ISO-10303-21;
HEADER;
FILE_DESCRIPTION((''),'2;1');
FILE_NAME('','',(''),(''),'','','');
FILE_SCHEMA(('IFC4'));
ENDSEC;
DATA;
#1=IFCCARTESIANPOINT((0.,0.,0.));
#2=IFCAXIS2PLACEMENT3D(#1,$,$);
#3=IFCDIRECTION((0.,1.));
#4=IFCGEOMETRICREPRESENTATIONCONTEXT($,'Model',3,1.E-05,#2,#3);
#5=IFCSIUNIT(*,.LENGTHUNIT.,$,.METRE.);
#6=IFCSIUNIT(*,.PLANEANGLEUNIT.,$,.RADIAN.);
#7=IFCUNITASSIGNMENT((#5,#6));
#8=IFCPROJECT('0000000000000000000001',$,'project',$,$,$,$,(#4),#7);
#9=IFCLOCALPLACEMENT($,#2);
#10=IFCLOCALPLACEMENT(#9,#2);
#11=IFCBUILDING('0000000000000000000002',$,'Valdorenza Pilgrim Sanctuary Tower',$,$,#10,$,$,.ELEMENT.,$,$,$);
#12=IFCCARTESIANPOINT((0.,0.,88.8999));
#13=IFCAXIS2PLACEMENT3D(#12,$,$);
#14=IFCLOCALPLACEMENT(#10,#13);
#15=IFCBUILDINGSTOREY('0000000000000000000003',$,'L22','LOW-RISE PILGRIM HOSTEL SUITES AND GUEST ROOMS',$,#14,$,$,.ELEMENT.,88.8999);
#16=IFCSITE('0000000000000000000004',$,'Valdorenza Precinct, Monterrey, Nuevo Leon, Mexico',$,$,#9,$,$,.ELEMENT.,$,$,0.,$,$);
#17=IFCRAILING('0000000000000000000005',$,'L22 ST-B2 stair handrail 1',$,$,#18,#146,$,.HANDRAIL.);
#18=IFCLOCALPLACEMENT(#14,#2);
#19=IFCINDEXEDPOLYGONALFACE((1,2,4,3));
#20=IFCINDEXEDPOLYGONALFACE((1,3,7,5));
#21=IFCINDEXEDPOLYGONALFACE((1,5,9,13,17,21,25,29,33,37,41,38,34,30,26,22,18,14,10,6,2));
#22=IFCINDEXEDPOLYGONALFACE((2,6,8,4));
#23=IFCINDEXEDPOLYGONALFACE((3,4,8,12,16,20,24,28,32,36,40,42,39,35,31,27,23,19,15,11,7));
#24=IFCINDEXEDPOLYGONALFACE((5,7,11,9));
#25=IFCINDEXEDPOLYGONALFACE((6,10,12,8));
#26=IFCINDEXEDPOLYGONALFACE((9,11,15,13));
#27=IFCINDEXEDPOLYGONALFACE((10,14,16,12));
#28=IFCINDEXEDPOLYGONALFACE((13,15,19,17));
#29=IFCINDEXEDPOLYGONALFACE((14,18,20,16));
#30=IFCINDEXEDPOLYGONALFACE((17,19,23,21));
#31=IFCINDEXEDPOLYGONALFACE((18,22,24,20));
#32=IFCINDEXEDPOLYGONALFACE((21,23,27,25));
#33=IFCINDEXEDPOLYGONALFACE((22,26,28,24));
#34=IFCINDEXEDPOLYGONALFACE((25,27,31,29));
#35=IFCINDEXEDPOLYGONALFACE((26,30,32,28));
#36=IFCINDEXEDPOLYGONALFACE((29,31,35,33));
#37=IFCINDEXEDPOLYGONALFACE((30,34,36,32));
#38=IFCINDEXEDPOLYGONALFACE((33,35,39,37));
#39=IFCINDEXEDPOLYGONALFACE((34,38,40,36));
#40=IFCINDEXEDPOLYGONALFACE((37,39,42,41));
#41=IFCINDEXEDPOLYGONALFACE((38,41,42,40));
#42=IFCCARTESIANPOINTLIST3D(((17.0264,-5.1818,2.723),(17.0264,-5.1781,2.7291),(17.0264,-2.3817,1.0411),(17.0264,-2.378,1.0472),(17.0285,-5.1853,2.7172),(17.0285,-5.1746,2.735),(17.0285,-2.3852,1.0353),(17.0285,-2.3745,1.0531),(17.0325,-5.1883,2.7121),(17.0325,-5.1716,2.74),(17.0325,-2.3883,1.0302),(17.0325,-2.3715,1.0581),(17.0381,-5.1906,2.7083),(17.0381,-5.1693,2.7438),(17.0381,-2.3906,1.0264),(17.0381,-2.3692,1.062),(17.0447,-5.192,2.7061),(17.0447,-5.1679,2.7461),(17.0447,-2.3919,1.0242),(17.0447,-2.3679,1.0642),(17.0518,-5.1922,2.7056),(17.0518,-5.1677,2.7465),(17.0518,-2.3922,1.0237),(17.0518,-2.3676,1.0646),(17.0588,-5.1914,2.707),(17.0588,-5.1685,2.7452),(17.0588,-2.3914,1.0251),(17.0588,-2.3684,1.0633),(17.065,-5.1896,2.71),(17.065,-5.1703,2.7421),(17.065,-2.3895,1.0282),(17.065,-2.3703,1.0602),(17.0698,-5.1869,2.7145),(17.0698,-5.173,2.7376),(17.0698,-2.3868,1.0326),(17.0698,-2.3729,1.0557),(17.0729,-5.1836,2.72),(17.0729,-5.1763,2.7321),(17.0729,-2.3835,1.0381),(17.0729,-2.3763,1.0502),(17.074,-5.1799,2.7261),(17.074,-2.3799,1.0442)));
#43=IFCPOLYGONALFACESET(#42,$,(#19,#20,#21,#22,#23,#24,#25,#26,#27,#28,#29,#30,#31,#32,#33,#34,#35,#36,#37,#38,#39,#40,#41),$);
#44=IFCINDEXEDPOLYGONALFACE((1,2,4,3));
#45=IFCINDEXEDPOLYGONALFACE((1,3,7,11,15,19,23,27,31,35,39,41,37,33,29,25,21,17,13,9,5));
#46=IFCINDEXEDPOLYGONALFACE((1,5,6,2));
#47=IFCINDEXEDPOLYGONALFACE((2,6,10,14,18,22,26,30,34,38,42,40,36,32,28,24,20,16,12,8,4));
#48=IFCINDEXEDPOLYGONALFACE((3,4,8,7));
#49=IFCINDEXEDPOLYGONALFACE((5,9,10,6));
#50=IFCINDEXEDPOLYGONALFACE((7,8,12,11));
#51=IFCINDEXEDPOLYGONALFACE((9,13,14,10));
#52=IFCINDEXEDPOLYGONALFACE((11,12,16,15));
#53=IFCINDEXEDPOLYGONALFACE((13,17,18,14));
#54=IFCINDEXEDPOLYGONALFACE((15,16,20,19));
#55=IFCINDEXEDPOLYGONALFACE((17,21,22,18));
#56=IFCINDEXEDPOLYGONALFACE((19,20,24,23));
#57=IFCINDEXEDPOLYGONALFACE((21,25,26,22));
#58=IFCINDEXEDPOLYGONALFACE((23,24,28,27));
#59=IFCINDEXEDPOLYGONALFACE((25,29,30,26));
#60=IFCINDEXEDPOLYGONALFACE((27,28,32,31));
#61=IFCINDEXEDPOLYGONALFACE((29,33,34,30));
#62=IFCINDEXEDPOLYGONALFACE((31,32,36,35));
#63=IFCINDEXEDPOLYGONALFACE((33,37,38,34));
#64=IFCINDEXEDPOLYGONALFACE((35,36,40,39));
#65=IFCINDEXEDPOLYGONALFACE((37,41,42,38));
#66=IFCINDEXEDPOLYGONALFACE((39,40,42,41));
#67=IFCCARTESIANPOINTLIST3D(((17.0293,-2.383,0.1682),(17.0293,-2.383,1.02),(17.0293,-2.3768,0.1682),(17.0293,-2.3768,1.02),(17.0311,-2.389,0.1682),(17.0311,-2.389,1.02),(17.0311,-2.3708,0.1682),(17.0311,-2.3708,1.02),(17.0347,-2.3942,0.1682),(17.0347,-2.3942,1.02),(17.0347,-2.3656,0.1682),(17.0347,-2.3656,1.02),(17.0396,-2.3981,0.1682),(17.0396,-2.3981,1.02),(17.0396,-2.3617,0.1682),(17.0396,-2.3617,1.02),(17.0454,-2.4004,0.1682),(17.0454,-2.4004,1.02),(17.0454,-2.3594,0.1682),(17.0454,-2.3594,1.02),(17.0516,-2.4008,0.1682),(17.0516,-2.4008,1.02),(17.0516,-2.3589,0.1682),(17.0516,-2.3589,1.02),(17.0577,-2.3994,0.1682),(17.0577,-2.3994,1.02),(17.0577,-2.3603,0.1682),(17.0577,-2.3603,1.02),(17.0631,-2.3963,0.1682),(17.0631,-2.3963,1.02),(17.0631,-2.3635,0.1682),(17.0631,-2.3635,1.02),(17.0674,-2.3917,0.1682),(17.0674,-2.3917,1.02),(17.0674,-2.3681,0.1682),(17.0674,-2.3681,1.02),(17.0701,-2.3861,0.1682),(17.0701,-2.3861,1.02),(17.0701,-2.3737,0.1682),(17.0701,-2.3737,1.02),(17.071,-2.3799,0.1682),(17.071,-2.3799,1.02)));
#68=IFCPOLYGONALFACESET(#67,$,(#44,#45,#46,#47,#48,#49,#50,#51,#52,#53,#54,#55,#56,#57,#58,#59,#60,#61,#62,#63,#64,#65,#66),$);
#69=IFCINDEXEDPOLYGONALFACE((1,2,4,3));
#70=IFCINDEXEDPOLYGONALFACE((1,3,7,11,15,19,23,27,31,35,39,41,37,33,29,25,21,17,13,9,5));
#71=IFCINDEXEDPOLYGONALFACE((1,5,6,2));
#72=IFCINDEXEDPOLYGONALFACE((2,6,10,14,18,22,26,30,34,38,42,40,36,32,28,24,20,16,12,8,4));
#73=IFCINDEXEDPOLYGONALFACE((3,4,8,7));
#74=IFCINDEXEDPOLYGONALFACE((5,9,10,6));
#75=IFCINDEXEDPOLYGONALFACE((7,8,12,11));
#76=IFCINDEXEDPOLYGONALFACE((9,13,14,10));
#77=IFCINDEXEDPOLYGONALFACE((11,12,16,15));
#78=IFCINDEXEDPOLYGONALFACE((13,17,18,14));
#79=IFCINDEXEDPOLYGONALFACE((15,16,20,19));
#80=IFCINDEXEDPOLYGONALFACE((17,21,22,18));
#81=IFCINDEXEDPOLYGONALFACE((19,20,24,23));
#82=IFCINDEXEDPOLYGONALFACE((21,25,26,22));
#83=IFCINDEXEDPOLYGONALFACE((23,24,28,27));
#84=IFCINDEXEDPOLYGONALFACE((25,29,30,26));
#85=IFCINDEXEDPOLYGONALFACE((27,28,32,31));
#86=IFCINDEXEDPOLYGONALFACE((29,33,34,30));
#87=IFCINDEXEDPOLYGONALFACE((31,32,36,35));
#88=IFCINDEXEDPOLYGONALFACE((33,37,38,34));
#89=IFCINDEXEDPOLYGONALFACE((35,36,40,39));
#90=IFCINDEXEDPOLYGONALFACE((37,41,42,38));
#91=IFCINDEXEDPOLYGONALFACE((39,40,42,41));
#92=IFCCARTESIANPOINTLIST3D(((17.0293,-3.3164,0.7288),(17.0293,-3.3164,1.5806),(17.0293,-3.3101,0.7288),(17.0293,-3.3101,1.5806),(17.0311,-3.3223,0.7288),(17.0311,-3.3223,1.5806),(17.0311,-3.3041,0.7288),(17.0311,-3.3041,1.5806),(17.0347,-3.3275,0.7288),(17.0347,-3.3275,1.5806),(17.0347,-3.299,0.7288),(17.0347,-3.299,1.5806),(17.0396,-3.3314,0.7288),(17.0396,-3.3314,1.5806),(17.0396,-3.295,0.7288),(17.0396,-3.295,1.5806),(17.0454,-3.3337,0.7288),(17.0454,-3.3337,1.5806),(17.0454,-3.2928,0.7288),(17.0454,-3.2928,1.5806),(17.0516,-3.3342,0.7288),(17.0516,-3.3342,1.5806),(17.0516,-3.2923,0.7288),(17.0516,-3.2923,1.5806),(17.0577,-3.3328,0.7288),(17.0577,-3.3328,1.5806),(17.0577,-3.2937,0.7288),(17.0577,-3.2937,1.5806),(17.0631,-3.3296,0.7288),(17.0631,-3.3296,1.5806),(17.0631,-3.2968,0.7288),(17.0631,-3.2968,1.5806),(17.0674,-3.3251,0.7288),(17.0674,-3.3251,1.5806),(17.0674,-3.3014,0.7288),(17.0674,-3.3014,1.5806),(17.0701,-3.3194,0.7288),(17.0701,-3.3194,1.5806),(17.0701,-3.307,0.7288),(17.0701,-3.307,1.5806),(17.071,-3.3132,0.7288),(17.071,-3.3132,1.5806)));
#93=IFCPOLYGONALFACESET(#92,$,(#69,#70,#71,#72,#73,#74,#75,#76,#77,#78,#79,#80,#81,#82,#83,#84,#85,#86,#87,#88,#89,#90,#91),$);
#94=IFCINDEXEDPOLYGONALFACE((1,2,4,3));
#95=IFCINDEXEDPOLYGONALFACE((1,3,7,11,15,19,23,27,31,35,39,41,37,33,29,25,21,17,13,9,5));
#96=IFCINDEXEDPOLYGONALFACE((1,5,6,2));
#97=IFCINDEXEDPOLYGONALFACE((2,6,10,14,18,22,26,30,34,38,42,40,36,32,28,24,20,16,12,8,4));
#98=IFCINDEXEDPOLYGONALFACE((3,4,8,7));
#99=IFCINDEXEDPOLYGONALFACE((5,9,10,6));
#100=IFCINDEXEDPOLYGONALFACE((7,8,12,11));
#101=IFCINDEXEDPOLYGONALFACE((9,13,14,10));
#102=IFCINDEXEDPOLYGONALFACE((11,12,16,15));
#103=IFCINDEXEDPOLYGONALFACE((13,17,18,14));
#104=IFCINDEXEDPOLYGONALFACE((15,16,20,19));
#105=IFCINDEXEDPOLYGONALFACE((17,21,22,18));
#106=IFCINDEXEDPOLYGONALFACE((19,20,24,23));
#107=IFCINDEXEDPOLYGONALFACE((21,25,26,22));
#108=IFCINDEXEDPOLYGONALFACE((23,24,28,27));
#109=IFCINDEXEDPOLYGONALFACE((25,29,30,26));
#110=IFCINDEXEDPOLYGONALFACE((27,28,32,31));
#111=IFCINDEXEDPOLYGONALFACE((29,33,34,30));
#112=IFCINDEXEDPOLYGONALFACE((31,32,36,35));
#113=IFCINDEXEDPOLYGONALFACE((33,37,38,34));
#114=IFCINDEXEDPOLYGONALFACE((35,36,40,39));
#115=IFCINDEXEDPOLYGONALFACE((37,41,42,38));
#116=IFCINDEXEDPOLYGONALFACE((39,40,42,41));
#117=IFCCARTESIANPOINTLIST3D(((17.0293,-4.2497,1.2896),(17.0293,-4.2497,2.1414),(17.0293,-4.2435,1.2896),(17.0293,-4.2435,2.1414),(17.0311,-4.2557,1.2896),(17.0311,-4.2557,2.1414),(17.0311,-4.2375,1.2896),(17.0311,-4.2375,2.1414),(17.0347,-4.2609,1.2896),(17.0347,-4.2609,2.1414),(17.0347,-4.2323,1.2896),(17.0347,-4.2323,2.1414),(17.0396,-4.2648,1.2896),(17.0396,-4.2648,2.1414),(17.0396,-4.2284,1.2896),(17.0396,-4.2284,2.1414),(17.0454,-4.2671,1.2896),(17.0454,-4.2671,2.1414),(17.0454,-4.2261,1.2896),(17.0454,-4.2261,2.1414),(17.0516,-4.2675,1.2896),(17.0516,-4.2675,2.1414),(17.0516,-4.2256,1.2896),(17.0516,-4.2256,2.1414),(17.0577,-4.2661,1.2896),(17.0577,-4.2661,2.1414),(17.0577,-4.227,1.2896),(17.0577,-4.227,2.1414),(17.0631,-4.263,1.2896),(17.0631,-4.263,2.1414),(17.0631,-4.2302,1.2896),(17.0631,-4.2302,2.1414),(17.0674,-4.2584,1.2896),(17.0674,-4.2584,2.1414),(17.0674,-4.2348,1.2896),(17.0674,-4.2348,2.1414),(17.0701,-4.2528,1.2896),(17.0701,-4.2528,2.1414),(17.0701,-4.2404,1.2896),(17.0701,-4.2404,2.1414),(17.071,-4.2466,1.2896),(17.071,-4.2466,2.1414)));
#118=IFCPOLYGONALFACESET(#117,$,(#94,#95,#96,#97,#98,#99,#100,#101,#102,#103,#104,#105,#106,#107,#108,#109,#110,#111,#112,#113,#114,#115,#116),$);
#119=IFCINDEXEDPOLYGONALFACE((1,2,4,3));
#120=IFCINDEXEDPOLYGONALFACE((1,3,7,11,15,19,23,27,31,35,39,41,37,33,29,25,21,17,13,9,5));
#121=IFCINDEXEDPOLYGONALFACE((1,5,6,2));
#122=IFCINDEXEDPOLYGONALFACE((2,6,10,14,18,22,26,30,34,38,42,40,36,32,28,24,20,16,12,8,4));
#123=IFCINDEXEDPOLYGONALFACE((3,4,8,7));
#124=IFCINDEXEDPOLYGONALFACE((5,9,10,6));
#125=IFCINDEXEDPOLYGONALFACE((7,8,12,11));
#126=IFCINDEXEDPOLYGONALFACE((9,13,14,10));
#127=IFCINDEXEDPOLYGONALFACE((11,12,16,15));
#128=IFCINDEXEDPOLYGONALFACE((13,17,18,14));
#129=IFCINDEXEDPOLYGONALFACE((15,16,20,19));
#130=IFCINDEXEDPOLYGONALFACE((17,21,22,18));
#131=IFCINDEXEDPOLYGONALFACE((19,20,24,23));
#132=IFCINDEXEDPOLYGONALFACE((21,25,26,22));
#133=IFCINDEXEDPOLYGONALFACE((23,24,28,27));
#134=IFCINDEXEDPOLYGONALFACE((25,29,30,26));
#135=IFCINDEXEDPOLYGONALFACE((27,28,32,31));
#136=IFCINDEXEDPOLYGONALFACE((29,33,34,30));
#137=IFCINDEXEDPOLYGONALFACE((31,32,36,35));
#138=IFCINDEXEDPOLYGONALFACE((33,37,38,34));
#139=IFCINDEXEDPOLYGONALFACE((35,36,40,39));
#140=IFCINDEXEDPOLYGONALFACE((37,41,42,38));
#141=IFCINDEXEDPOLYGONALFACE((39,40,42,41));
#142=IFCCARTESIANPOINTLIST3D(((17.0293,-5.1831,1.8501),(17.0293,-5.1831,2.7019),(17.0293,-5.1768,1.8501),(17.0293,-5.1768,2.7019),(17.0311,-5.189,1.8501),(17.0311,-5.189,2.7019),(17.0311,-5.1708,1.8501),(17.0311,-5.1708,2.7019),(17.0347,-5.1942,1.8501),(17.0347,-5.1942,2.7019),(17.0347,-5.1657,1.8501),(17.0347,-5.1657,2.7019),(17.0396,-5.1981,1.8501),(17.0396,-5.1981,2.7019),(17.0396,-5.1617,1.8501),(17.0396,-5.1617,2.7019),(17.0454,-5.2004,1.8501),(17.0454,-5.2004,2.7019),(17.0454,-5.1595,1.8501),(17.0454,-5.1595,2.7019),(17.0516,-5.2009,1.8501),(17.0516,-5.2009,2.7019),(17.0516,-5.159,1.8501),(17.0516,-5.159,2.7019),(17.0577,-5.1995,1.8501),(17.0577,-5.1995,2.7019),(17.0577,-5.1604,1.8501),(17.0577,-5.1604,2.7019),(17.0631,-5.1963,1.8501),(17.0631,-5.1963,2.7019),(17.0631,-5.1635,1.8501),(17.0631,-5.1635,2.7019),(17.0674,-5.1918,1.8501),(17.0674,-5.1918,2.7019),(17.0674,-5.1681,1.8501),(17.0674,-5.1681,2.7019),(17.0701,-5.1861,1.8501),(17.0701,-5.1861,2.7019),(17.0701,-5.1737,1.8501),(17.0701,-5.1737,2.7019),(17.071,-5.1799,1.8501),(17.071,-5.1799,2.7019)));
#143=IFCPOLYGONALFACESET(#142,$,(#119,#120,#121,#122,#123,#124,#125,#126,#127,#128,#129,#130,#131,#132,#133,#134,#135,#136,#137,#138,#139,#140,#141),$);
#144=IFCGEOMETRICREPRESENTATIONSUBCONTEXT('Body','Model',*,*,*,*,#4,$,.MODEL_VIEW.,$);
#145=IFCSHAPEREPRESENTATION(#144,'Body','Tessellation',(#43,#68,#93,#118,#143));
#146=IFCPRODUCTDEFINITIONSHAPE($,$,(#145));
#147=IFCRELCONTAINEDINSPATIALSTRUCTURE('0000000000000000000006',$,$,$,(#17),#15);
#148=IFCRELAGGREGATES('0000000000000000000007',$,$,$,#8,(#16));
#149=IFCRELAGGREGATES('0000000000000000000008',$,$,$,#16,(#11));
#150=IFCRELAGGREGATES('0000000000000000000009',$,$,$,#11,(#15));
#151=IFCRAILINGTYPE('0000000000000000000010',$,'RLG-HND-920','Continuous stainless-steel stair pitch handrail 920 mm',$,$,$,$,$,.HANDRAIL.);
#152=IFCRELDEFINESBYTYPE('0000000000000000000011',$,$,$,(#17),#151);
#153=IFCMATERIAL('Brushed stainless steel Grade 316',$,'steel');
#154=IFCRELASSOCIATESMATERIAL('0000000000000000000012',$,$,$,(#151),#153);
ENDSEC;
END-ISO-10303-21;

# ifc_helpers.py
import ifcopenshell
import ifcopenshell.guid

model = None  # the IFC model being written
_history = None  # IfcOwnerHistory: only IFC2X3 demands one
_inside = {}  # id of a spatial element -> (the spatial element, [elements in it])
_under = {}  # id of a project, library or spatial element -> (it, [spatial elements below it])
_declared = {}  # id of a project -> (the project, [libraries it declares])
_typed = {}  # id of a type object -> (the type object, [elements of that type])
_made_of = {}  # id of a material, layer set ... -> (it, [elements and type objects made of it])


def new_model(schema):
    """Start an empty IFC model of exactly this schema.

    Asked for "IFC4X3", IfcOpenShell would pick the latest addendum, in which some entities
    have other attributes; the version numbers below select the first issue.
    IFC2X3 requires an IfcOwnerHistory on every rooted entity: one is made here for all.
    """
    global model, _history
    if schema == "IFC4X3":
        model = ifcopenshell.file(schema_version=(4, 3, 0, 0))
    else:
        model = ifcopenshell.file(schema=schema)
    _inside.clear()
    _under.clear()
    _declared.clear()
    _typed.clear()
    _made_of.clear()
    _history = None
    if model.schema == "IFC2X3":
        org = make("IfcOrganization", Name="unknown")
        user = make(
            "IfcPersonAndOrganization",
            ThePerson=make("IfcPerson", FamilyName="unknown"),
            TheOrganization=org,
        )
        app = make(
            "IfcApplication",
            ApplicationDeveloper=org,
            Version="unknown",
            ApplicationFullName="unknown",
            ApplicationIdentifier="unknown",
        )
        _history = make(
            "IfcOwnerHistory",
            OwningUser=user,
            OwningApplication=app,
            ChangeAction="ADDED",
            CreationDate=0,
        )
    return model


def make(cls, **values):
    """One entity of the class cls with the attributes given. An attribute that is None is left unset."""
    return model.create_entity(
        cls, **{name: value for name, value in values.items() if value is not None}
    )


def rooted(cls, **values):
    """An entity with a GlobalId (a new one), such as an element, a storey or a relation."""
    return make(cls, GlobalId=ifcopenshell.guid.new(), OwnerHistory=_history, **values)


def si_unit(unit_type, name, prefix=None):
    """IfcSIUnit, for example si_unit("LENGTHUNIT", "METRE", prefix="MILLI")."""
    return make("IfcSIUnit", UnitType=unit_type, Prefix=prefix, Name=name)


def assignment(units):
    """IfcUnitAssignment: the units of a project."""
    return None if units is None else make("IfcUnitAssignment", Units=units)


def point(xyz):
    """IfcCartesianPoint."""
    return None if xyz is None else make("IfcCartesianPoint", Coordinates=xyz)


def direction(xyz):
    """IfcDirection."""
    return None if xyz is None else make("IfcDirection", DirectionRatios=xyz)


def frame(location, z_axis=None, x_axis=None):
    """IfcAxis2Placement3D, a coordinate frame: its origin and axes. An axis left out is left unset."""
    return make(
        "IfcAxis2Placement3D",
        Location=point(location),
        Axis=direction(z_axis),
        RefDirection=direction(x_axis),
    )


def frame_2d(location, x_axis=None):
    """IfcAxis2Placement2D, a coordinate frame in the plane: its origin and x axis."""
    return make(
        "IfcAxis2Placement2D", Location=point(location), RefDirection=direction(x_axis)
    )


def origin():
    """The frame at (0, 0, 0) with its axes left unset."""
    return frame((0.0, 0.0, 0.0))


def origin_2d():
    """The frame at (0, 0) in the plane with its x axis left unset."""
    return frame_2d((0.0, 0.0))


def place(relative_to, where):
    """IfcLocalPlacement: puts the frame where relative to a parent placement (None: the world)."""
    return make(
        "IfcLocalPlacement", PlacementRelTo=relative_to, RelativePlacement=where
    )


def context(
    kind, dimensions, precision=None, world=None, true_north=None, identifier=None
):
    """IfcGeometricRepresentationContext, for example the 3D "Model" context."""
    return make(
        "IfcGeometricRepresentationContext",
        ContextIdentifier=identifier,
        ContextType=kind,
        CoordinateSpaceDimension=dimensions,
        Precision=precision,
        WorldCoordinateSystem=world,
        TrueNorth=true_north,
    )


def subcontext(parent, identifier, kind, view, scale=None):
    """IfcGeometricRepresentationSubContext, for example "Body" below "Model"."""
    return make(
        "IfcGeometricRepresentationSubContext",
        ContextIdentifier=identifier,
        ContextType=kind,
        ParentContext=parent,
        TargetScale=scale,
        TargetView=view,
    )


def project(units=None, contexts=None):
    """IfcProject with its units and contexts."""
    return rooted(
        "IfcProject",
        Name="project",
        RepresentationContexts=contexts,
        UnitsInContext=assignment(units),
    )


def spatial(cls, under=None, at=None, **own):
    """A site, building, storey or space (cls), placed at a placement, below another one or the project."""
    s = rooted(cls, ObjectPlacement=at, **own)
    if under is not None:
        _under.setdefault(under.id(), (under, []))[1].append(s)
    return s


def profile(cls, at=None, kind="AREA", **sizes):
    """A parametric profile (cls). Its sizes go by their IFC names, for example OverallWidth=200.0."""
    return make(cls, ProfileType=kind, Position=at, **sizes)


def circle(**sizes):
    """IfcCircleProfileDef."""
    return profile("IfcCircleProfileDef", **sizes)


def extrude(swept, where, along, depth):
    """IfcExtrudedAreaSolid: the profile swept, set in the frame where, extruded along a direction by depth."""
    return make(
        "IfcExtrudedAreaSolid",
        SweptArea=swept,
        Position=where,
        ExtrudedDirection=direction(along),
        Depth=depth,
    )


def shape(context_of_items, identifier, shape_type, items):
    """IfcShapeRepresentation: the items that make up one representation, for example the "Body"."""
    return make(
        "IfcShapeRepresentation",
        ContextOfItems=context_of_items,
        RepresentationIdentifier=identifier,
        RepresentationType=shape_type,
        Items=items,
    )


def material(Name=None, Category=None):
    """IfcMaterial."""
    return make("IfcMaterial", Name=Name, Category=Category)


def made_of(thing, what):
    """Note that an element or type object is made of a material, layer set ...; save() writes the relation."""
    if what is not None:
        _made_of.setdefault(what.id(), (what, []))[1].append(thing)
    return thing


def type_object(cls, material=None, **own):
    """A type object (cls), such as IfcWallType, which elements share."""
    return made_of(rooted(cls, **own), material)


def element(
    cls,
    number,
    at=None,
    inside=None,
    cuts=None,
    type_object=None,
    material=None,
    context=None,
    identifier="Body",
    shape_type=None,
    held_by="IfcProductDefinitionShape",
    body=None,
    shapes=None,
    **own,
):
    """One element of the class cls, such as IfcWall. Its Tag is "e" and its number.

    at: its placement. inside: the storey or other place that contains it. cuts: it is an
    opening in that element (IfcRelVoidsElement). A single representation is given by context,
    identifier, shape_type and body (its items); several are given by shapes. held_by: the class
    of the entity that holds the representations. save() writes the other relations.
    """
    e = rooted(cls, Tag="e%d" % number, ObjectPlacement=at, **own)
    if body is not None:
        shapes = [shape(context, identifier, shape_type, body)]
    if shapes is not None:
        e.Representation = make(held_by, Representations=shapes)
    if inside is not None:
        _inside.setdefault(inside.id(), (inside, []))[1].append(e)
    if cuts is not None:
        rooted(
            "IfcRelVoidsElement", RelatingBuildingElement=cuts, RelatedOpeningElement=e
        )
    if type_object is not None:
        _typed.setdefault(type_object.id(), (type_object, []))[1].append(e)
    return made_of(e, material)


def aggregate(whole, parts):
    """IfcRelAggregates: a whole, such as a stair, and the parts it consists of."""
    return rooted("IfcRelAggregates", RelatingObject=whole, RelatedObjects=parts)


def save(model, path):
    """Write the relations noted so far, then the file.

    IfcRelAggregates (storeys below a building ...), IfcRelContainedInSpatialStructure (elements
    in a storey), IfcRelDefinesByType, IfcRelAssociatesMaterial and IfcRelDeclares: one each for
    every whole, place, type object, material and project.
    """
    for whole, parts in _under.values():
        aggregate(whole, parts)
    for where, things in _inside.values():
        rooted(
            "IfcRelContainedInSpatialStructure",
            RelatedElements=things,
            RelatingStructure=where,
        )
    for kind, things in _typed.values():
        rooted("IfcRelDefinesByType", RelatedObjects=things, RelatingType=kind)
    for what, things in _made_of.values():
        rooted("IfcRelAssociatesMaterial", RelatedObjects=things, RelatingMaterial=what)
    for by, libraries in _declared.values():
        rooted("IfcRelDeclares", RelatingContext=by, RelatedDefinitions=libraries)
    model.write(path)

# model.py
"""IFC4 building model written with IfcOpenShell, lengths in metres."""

from ifc_helpers import new_model, si_unit, direction, frame, origin, origin_2d, place, context, subcontext, project, spatial, circle, extrude, material, type_object, element, save


model = new_model("IFC4")

# Units and contexts
model_context = context("Model", 3, precision=1e-05, world=origin(), true_north=direction((0.0, 1.0)))
body_context = subcontext(model_context, "Body", "Model", "MODEL_VIEW")
ifc_project = project(units=[si_unit("LENGTHUNIT", "METRE"), si_unit("PLANEANGLEUNIT", "RADIAN")], contexts=[model_context])

# Site, building, storey
site_placement = place(None, origin())
site = spatial("IfcSite", under=ifc_project, at=site_placement, Name="Valdorenza Precinct, Monterrey, Nuevo Leon, Mexico", CompositionType="ELEMENT", RefElevation=0.0)
building_placement = place(site_placement, origin())
building = spatial("IfcBuilding", under=site, at=building_placement, Name="Valdorenza Pilgrim Sanctuary Tower", CompositionType="ELEMENT")
storey_placement = place(building_placement, frame((0.0, 0.0, 88.8999)))
storey = spatial("IfcBuildingStorey", under=building, at=storey_placement, Name="L22", Description="LOW-RISE PILGRIM HOSTEL SUITES AND GUEST ROOMS", CompositionType="ELEMENT", Elevation=88.8999)

# Shared definitions
ifc_material_1 = material(Name="Brushed stainless steel Grade 316", Category="steel")

# Railing
railing_type_1 = type_object("IfcRailingType", Name="RLG-HND-920", Description="Continuous stainless-steel stair pitch handrail 920 mm", PredefinedType="HANDRAIL", material=ifc_material_1)
railing_1_placement = place(storey_placement, frame((17.05, -2.3799, 0.1682)))
element("IfcRailing", 1, at=railing_1_placement, inside=storey, type_object=railing_type_1, Name="L22 ST-B2 stair handrail 1", PredefinedType="HANDRAIL", context=body_context, shape_type="SweptSolid", body=[
    extrude(circle(Radius=0.0239, at=origin_2d()), frame((0.0, 0.0, 0.876), z_axis=(0.0, -0.857242, 0.514913), x_axis=(1.0, 0.0, 0.0)), (0.0, 0.0, 1.0), 3.2664),
    extrude(circle(Radius=0.021, at=origin_2d()), origin(), (0.0, 0.0, 1.0), 0.8518),
    extrude(circle(Radius=0.021, at=origin_2d()), frame((0.0, -0.9333, 0.5605)), (0.0, 0.0, 1.0), 0.8518),
    extrude(circle(Radius=0.021, at=origin_2d()), frame((0.0, -1.8667, 1.1213)), (0.0, 0.0, 1.0), 0.8518),
    extrude(circle(Radius=0.021, at=origin_2d()), frame((0.0, -2.8, 1.6819)), (0.0, 0.0, 1.0), 0.8518),
])

save(model, "model.ifc")
